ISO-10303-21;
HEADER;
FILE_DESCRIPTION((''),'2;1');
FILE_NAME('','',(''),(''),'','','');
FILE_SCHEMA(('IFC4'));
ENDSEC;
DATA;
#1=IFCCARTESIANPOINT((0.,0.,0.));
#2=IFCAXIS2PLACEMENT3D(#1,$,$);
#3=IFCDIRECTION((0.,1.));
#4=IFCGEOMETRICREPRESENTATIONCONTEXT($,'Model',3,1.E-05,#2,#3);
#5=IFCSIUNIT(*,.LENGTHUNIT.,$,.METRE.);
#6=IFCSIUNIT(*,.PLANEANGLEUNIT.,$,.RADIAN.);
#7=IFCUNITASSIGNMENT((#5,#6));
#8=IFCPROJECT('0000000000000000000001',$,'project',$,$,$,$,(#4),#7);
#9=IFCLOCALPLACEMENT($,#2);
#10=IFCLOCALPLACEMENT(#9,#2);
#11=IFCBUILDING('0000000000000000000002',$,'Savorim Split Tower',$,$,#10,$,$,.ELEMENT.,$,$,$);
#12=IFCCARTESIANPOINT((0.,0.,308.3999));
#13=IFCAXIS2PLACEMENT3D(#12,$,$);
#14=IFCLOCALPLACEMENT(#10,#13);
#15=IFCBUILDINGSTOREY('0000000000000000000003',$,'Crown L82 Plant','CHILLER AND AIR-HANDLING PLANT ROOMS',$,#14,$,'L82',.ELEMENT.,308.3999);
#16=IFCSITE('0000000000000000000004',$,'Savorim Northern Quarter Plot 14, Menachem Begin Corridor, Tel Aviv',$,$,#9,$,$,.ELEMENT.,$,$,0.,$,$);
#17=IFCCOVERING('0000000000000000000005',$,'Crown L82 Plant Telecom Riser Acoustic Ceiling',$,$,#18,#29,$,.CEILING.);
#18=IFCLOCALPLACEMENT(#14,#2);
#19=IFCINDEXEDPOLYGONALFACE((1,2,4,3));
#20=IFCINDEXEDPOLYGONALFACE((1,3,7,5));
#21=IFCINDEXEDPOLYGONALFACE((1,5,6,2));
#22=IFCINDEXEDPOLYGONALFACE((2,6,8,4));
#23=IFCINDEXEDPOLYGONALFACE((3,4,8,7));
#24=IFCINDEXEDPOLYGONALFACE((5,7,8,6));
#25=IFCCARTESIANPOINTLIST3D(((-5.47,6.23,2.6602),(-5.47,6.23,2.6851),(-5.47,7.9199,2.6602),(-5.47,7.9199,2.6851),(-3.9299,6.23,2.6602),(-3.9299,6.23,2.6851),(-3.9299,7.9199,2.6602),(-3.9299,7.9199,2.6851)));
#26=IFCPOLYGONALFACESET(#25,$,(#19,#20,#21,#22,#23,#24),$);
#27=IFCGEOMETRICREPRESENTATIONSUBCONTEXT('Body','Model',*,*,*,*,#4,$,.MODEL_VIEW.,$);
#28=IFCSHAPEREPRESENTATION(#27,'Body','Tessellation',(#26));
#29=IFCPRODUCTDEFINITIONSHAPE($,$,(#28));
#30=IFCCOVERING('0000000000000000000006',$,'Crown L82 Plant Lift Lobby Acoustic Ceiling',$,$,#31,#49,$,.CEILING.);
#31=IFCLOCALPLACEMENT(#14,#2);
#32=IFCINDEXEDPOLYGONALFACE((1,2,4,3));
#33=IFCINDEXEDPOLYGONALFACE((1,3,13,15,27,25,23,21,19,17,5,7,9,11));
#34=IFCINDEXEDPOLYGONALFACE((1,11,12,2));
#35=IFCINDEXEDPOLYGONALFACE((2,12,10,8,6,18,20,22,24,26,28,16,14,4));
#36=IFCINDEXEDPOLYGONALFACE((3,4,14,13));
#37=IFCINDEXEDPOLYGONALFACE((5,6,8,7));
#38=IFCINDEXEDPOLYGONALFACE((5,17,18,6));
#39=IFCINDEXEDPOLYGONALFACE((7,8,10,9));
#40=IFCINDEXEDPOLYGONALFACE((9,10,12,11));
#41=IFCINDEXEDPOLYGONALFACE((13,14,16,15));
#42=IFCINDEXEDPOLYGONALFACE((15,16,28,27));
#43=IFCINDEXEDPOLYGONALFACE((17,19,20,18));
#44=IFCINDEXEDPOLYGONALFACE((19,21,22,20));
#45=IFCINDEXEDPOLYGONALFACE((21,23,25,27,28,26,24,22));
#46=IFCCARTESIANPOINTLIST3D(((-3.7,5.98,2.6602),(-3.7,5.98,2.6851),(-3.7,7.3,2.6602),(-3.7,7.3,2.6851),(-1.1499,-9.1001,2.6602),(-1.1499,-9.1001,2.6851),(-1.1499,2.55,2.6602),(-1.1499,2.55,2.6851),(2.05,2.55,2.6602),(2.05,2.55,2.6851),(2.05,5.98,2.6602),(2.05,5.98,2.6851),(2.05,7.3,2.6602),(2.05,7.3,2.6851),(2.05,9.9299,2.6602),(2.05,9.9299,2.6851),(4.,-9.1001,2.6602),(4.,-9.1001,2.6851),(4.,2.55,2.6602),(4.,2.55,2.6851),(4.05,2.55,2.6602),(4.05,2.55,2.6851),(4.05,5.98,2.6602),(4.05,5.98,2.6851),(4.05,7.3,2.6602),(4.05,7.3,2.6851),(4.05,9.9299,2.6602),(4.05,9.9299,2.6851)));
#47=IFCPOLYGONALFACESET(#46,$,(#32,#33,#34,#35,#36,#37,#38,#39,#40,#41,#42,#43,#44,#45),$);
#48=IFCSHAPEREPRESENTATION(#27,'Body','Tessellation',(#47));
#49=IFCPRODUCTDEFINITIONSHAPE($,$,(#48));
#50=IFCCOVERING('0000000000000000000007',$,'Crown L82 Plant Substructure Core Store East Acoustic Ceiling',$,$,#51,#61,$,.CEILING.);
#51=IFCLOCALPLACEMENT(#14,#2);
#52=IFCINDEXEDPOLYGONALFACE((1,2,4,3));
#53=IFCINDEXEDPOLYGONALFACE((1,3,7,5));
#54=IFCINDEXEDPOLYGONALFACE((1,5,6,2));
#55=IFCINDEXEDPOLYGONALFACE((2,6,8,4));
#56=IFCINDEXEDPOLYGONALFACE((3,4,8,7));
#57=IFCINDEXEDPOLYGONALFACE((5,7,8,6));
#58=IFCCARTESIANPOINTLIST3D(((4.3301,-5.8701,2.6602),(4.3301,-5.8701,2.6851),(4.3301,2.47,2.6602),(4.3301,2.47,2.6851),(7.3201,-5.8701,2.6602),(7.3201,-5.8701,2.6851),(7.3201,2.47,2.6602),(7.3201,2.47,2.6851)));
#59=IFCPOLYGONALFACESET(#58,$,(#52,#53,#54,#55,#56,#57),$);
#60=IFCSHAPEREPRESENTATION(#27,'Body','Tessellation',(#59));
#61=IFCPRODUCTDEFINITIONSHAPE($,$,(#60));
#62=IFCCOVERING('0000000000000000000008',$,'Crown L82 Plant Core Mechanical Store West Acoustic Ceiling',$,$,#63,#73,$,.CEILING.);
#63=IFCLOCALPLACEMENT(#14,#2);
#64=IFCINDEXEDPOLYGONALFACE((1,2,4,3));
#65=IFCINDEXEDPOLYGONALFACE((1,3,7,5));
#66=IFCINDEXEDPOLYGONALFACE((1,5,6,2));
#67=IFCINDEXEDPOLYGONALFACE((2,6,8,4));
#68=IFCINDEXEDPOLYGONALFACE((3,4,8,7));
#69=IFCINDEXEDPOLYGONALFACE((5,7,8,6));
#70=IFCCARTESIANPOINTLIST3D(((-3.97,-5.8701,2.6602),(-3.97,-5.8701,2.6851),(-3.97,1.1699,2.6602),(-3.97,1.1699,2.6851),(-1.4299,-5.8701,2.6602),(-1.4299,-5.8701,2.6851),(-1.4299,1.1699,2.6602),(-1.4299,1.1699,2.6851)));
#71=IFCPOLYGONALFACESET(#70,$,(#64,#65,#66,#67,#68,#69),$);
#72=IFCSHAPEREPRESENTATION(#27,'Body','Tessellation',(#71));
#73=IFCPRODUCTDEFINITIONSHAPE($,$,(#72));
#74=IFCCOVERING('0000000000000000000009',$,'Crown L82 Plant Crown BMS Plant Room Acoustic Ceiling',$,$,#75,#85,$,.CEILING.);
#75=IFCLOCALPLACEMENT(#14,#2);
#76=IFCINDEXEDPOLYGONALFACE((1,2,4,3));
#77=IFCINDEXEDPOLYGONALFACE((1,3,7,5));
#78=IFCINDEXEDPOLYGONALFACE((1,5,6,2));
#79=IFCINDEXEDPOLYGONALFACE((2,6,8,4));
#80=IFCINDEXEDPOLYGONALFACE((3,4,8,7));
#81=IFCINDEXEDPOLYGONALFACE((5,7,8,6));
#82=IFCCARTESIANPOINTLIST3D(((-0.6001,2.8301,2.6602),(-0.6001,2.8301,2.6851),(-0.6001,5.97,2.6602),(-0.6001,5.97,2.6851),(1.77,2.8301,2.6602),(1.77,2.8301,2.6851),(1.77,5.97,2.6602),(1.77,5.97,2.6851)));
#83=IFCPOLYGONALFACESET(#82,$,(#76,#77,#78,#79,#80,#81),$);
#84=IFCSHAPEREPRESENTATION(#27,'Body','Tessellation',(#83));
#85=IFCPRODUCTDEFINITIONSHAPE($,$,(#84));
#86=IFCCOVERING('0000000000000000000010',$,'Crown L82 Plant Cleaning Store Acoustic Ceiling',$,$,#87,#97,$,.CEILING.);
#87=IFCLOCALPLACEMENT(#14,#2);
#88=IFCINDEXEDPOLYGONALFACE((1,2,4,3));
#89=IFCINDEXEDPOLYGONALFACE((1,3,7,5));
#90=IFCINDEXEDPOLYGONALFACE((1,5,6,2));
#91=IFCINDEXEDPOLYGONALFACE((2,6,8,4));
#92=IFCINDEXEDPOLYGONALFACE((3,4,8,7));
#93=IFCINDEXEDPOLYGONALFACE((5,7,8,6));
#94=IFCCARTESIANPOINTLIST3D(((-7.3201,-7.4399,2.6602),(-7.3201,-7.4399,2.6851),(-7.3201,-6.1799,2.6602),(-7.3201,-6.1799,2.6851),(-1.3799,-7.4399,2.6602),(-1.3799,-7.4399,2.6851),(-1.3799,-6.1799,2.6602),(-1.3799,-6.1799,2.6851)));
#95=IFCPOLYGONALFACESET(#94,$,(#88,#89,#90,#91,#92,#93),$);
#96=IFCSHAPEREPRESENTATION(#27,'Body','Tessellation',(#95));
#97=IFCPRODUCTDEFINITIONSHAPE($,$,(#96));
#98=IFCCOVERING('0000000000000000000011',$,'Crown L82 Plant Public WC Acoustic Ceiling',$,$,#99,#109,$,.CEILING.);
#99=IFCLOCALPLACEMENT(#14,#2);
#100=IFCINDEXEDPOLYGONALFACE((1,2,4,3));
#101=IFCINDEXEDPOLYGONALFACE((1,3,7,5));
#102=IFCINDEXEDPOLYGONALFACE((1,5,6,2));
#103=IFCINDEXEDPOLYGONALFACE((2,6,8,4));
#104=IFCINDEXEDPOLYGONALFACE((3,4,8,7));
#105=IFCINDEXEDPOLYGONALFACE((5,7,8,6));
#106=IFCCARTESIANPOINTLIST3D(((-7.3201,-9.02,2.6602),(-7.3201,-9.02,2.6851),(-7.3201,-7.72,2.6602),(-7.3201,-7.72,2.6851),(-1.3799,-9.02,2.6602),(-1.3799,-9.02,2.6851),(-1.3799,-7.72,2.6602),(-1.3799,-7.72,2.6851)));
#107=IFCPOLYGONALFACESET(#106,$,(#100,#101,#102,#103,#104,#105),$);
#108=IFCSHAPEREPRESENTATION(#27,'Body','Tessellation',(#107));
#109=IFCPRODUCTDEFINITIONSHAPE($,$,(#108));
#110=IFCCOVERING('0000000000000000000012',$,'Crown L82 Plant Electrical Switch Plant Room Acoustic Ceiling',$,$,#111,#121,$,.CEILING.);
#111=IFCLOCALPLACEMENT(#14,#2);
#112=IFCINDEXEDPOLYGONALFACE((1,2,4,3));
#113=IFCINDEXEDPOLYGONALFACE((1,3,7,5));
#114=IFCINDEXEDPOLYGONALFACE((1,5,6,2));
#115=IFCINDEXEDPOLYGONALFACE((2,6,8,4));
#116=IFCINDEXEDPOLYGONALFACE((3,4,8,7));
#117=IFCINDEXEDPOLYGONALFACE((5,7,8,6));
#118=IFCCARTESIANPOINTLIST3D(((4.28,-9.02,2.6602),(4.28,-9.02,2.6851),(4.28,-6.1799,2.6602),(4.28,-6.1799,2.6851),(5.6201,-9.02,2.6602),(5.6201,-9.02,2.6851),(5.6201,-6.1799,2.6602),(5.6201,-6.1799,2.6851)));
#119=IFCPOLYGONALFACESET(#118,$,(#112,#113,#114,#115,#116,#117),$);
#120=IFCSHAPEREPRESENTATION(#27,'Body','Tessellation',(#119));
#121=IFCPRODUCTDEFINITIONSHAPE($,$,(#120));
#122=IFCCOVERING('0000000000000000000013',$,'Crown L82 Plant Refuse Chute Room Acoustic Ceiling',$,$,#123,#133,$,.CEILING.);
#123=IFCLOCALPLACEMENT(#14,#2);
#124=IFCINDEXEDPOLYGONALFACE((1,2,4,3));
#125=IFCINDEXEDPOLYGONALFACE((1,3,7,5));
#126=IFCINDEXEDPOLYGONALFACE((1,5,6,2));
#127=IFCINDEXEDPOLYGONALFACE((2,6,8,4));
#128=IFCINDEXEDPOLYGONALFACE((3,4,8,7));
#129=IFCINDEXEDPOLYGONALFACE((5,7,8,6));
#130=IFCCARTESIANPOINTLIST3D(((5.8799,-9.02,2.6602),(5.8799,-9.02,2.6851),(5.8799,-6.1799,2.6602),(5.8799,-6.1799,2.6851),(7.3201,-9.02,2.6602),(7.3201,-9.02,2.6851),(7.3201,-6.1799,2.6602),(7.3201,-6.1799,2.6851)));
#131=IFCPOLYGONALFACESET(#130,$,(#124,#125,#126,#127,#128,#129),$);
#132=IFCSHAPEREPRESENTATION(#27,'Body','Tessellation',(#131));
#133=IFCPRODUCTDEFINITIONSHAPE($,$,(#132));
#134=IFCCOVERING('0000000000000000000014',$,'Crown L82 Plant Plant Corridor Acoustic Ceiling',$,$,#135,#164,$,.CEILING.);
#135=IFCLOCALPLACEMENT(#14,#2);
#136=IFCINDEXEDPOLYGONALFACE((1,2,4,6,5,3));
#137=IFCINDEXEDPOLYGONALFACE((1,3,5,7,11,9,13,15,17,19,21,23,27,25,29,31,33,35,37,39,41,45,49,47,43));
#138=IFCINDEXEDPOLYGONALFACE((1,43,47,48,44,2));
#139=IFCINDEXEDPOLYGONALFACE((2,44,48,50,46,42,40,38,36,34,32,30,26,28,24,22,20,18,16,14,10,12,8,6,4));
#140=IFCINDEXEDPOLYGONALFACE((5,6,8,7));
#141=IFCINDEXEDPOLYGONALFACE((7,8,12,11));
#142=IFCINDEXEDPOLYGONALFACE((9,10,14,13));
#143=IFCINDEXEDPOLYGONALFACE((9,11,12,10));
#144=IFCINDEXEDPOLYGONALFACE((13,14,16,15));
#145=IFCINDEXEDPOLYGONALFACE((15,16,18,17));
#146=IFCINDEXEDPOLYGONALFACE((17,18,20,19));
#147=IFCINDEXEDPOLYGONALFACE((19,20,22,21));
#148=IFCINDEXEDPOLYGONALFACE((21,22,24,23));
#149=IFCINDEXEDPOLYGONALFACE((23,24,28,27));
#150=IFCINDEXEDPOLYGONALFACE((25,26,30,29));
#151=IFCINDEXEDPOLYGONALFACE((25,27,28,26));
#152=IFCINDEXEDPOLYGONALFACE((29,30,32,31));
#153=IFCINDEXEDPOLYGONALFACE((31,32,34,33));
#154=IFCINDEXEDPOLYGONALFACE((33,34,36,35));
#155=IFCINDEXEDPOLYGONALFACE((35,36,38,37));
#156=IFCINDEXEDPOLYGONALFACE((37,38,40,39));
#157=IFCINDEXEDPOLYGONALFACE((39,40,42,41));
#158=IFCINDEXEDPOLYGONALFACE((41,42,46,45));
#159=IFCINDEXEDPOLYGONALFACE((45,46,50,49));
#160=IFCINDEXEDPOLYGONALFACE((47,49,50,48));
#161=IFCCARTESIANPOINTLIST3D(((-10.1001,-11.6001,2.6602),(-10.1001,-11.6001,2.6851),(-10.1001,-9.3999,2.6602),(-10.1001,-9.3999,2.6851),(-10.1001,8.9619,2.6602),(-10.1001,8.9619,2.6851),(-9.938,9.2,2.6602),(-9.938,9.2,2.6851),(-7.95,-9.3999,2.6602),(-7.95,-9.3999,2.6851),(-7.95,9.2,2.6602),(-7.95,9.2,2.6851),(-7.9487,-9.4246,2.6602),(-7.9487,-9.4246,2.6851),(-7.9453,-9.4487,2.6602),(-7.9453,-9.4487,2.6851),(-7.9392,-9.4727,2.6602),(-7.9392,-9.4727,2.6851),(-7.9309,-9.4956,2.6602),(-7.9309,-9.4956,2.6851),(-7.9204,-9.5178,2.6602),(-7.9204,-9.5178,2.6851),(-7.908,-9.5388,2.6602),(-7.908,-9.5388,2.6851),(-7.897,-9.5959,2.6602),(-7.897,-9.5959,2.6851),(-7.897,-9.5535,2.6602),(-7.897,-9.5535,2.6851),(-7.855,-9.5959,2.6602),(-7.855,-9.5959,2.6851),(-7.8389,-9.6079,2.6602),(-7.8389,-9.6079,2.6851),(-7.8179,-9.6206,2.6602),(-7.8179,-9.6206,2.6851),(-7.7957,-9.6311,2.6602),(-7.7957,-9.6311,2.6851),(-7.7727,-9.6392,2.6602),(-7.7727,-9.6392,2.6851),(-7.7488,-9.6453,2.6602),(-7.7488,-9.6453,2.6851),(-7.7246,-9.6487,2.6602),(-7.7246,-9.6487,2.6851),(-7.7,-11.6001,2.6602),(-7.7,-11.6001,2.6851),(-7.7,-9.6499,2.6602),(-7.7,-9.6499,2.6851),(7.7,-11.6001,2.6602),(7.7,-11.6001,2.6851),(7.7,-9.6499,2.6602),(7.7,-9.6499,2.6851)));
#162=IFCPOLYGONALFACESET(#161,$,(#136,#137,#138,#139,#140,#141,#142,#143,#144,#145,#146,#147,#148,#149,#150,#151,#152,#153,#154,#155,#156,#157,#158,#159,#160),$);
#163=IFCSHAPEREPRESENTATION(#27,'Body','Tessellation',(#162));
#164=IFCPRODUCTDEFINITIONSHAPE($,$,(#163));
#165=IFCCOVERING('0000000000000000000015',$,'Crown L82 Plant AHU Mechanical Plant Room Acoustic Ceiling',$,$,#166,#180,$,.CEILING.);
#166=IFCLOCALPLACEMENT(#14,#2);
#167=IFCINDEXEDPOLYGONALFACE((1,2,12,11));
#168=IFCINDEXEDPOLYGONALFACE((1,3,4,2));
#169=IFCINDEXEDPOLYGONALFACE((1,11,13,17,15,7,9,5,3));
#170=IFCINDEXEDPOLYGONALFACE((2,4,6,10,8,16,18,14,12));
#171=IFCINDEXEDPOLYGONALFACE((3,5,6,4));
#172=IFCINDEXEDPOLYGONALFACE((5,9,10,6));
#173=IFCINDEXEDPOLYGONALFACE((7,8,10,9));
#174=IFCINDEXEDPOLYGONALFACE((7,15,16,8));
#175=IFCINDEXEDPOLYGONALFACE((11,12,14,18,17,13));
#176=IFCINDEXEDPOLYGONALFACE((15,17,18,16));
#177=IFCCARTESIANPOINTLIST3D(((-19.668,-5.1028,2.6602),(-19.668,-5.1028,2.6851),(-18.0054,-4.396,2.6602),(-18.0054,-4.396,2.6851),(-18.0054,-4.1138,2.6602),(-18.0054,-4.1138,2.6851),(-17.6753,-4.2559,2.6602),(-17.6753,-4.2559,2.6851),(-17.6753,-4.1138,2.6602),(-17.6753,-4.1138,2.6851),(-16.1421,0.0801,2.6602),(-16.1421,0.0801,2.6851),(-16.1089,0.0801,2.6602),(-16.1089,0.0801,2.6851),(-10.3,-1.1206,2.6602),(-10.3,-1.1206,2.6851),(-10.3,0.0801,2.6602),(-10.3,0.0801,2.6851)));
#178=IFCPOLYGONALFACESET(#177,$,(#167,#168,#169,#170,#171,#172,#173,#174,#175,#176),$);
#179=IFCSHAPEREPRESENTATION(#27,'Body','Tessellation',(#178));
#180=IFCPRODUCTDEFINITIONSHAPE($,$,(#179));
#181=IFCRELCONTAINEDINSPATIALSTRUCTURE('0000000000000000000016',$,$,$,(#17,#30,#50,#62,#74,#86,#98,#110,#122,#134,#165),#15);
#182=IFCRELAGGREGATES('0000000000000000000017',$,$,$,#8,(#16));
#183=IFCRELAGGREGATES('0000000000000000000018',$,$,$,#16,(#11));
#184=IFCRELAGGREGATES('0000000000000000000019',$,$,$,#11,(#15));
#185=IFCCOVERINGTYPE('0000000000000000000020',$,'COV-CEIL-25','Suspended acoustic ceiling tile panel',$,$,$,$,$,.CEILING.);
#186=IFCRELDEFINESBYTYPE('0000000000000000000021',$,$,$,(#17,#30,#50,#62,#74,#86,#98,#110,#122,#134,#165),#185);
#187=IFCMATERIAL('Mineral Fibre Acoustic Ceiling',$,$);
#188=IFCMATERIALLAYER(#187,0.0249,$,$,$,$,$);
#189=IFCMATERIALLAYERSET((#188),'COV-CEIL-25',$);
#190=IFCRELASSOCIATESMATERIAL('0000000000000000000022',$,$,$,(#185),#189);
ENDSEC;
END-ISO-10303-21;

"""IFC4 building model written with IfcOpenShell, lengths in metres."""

from ifc_helpers import new_model, si_unit, direction, frame, origin, place, context, subcontext, project, spatial, polyline, outline, extrude, material, layer, layer_set, type_object, element, save


model = new_model("IFC4")

# Units and contexts
model_context = context("Model", 3, precision=1e-05, world=origin(), true_north=direction((0.0, 1.0)))
body_context = subcontext(model_context, "Body", "Model", "MODEL_VIEW")
ifc_project = project(units=[si_unit("LENGTHUNIT", "METRE"), si_unit("PLANEANGLEUNIT", "RADIAN")], contexts=[model_context])

# Site, building, storey
site_placement = place(None, origin())
site = spatial("IfcSite", under=ifc_project, at=site_placement, Name="Savorim Northern Quarter Plot 14, Menachem Begin Corridor, Tel Aviv", CompositionType="ELEMENT", RefElevation=0.0)
building_placement = place(site_placement, origin())
building = spatial("IfcBuilding", under=site, at=building_placement, Name="Savorim Split Tower", CompositionType="ELEMENT")
storey_placement = place(building_placement, frame((0.0, 0.0, 308.3999)))
storey = spatial("IfcBuildingStorey", under=building, at=storey_placement, Name="Crown L82 Plant", Description="CHILLER AND AIR-HANDLING PLANT ROOMS", LongName="L82", CompositionType="ELEMENT", Elevation=308.3999)

# Coverings
ifc_material_1 = material(Name="Mineral Fibre Acoustic Ceiling")
ifc_layer_1 = layer(ifc_material_1, 0.0249)
ifc_layer_set_1 = layer_set([ifc_layer_1], Name="COV-CEIL-25")
covering_type_1 = type_object("IfcCoveringType", Name="COV-CEIL-25", Description="Suspended acoustic ceiling tile panel", PredefinedType="CEILING", material=ifc_layer_set_1)
covering_1_placement = place(storey_placement, frame((0.0, 0.0, 2.6602)))
element("IfcCovering", 1, at=covering_1_placement, inside=storey, type_object=covering_type_1, Name="Crown L82 Plant Telecom Riser Acoustic Ceiling", PredefinedType="CEILING", context=body_context, shape_type="SweptSolid", body=[
    extrude(outline(polyline([(-5.47, 7.9199), (-5.47, 6.23), (-3.9299, 6.23), (-3.9299, 7.9199), (-5.47, 7.9199)])), origin(), (0.0, 0.0, 1.0), 0.0249),
])
covering_2_placement = place(storey_placement, frame((0.0, 0.0, 2.6602)))
element("IfcCovering", 2, at=covering_2_placement, inside=storey, type_object=covering_type_1, Name="Crown L82 Plant Lift Lobby Acoustic Ceiling", PredefinedType="CEILING", context=body_context, shape_type="SweptSolid", body=[
    extrude(outline(polyline([(2.05, 2.55), (-1.1499, 2.55), (-1.1499, -9.1001), (4.0, -9.1001), (4.0, 2.55), (4.05, 2.55), (4.05, 5.98), (4.05, 7.3), (4.05, 9.9299), (2.05, 9.9299), (2.05, 7.3), (-3.7, 7.3), (-3.7, 5.98), (2.05, 5.98), (2.05, 2.55)])), origin(), (0.0, 0.0, 1.0), 0.0249),
])
covering_3_placement = place(storey_placement, frame((0.0, 0.0, 2.6602)))
element("IfcCovering", 3, at=covering_3_placement, inside=storey, type_object=covering_type_1, Name="Crown L82 Plant Substructure Core Store East Acoustic Ceiling", PredefinedType="CEILING", context=body_context, shape_type="SweptSolid", body=[
    extrude(outline(polyline([(4.3301, 2.47), (4.3301, -5.8701), (7.3201, -5.8701), (7.3201, 2.47), (4.3301, 2.47)])), origin(), (0.0, 0.0, 1.0), 0.0249),
])
covering_4_placement = place(storey_placement, frame((0.0, 0.0, 2.6602)))
element("IfcCovering", 4, at=covering_4_placement, inside=storey, type_object=covering_type_1, Name="Crown L82 Plant Core Mechanical Store West Acoustic Ceiling", PredefinedType="CEILING", context=body_context, shape_type="SweptSolid", body=[
    extrude(outline(polyline([(-3.97, 1.1699), (-3.97, -5.8701), (-1.4299, -5.8701), (-1.4299, 1.1699), (-3.97, 1.1699)])), origin(), (0.0, 0.0, 1.0), 0.0249),
])
covering_5_placement = place(storey_placement, frame((0.0, 0.0, 2.6602)))
element("IfcCovering", 5, at=covering_5_placement, inside=storey, type_object=covering_type_1, Name="Crown L82 Plant Crown BMS Plant Room Acoustic Ceiling", PredefinedType="CEILING", context=body_context, shape_type="SweptSolid", body=[
    extrude(outline(polyline([(1.77, 5.97), (-0.6001, 5.97), (-0.6001, 2.8301), (1.77, 2.8301), (1.77, 5.97)])), origin(), (0.0, 0.0, 1.0), 0.0249),
])
covering_6_placement = place(storey_placement, frame((0.0, 0.0, 2.6602)))
element("IfcCovering", 6, at=covering_6_placement, inside=storey, type_object=covering_type_1, Name="Crown L82 Plant Cleaning Store Acoustic Ceiling", PredefinedType="CEILING", context=body_context, shape_type="SweptSolid", body=[
    extrude(outline(polyline([(-7.3201, -6.1799), (-7.3201, -7.4399), (-1.3799, -7.4399), (-1.3799, -6.1799), (-7.3201, -6.1799)])), origin(), (0.0, 0.0, 1.0), 0.0249),
])
covering_7_placement = place(storey_placement, frame((0.0, 0.0, 2.6602)))
element("IfcCovering", 7, at=covering_7_placement, inside=storey, type_object=covering_type_1, Name="Crown L82 Plant Public WC Acoustic Ceiling", PredefinedType="CEILING", context=body_context, shape_type="SweptSolid", body=[
    extrude(outline(polyline([(-7.3201, -7.72), (-7.3201, -9.02), (-1.3799, -9.02), (-1.3799, -7.72), (-7.3201, -7.72)])), origin(), (0.0, 0.0, 1.0), 0.0249),
])
covering_8_placement = place(storey_placement, frame((0.0, 0.0, 2.6602)))
element("IfcCovering", 8, at=covering_8_placement, inside=storey, type_object=covering_type_1, Name="Crown L82 Plant Electrical Switch Plant Room Acoustic Ceiling", PredefinedType="CEILING", context=body_context, shape_type="SweptSolid", body=[
    extrude(outline(polyline([(4.28, -6.1799), (4.28, -9.02), (5.6201, -9.02), (5.6201, -6.1799), (4.28, -6.1799)])), origin(), (0.0, 0.0, 1.0), 0.0249),
])
covering_9_placement = place(storey_placement, frame((0.0, 0.0, 2.6602)))
element("IfcCovering", 9, at=covering_9_placement, inside=storey, type_object=covering_type_1, Name="Crown L82 Plant Refuse Chute Room Acoustic Ceiling", PredefinedType="CEILING", context=body_context, shape_type="SweptSolid", body=[
    extrude(outline(polyline([(5.8799, -6.1799), (5.8799, -9.02), (7.3201, -9.02), (7.3201, -6.1799), (5.8799, -6.1799)])), origin(), (0.0, 0.0, 1.0), 0.0249),
])
covering_10_placement = place(storey_placement, frame((0.0, 0.0, 2.6602)))
element("IfcCovering", 10, at=covering_10_placement, inside=storey, type_object=covering_type_1, Name="Crown L82 Plant Plant Corridor Acoustic Ceiling", PredefinedType="CEILING", context=body_context, shape_type="SweptSolid", body=[
    extrude(outline(polyline([(-10.1001, -11.6001), (-7.7, -11.6001), (7.7, -11.6001), (7.7, -9.6499), (-7.7, -9.6499), (-7.7246, -9.6487), (-7.7488, -9.6453), (-7.7727, -9.6392), (-7.7957, -9.6311), (-7.8179, -9.6206), (-7.8389, -9.6079), (-7.855, -9.5959), (-7.897, -9.5959), (-7.897, -9.5535), (-7.908, -9.5388), (-7.9204, -9.5178), (-7.9309, -9.4956), (-7.9392, -9.4727), (-7.9453, -9.4487), (-7.9487, -9.4246), (-7.95, -9.3999), (-7.95, 9.2), (-9.938, 9.2), (-10.1001, 8.9619), (-10.1001, -9.3999), (-10.1001, -11.6001)])), origin(), (0.0, 0.0, 1.0), 0.0249),
])
covering_11_placement = place(storey_placement, frame((0.0, 0.0, 2.6602)))
element("IfcCovering", 11, at=covering_11_placement, inside=storey, type_object=covering_type_1, Name="Crown L82 Plant AHU Mechanical Plant Room Acoustic Ceiling", PredefinedType="CEILING", context=body_context, shape_type="SweptSolid", body=[
    extrude(outline(polyline([(-10.3, 0.0801), (-16.1089, 0.0801), (-16.1421, 0.0801), (-19.668, -5.1028), (-18.0054, -4.396), (-18.0054, -4.1138), (-17.6753, -4.1138), (-17.6753, -4.2559), (-10.3, -1.1206), (-10.3, 0.0801)])), origin(), (0.0, 0.0, 1.0), 0.0249),
])

save(model, "model.ifc")
